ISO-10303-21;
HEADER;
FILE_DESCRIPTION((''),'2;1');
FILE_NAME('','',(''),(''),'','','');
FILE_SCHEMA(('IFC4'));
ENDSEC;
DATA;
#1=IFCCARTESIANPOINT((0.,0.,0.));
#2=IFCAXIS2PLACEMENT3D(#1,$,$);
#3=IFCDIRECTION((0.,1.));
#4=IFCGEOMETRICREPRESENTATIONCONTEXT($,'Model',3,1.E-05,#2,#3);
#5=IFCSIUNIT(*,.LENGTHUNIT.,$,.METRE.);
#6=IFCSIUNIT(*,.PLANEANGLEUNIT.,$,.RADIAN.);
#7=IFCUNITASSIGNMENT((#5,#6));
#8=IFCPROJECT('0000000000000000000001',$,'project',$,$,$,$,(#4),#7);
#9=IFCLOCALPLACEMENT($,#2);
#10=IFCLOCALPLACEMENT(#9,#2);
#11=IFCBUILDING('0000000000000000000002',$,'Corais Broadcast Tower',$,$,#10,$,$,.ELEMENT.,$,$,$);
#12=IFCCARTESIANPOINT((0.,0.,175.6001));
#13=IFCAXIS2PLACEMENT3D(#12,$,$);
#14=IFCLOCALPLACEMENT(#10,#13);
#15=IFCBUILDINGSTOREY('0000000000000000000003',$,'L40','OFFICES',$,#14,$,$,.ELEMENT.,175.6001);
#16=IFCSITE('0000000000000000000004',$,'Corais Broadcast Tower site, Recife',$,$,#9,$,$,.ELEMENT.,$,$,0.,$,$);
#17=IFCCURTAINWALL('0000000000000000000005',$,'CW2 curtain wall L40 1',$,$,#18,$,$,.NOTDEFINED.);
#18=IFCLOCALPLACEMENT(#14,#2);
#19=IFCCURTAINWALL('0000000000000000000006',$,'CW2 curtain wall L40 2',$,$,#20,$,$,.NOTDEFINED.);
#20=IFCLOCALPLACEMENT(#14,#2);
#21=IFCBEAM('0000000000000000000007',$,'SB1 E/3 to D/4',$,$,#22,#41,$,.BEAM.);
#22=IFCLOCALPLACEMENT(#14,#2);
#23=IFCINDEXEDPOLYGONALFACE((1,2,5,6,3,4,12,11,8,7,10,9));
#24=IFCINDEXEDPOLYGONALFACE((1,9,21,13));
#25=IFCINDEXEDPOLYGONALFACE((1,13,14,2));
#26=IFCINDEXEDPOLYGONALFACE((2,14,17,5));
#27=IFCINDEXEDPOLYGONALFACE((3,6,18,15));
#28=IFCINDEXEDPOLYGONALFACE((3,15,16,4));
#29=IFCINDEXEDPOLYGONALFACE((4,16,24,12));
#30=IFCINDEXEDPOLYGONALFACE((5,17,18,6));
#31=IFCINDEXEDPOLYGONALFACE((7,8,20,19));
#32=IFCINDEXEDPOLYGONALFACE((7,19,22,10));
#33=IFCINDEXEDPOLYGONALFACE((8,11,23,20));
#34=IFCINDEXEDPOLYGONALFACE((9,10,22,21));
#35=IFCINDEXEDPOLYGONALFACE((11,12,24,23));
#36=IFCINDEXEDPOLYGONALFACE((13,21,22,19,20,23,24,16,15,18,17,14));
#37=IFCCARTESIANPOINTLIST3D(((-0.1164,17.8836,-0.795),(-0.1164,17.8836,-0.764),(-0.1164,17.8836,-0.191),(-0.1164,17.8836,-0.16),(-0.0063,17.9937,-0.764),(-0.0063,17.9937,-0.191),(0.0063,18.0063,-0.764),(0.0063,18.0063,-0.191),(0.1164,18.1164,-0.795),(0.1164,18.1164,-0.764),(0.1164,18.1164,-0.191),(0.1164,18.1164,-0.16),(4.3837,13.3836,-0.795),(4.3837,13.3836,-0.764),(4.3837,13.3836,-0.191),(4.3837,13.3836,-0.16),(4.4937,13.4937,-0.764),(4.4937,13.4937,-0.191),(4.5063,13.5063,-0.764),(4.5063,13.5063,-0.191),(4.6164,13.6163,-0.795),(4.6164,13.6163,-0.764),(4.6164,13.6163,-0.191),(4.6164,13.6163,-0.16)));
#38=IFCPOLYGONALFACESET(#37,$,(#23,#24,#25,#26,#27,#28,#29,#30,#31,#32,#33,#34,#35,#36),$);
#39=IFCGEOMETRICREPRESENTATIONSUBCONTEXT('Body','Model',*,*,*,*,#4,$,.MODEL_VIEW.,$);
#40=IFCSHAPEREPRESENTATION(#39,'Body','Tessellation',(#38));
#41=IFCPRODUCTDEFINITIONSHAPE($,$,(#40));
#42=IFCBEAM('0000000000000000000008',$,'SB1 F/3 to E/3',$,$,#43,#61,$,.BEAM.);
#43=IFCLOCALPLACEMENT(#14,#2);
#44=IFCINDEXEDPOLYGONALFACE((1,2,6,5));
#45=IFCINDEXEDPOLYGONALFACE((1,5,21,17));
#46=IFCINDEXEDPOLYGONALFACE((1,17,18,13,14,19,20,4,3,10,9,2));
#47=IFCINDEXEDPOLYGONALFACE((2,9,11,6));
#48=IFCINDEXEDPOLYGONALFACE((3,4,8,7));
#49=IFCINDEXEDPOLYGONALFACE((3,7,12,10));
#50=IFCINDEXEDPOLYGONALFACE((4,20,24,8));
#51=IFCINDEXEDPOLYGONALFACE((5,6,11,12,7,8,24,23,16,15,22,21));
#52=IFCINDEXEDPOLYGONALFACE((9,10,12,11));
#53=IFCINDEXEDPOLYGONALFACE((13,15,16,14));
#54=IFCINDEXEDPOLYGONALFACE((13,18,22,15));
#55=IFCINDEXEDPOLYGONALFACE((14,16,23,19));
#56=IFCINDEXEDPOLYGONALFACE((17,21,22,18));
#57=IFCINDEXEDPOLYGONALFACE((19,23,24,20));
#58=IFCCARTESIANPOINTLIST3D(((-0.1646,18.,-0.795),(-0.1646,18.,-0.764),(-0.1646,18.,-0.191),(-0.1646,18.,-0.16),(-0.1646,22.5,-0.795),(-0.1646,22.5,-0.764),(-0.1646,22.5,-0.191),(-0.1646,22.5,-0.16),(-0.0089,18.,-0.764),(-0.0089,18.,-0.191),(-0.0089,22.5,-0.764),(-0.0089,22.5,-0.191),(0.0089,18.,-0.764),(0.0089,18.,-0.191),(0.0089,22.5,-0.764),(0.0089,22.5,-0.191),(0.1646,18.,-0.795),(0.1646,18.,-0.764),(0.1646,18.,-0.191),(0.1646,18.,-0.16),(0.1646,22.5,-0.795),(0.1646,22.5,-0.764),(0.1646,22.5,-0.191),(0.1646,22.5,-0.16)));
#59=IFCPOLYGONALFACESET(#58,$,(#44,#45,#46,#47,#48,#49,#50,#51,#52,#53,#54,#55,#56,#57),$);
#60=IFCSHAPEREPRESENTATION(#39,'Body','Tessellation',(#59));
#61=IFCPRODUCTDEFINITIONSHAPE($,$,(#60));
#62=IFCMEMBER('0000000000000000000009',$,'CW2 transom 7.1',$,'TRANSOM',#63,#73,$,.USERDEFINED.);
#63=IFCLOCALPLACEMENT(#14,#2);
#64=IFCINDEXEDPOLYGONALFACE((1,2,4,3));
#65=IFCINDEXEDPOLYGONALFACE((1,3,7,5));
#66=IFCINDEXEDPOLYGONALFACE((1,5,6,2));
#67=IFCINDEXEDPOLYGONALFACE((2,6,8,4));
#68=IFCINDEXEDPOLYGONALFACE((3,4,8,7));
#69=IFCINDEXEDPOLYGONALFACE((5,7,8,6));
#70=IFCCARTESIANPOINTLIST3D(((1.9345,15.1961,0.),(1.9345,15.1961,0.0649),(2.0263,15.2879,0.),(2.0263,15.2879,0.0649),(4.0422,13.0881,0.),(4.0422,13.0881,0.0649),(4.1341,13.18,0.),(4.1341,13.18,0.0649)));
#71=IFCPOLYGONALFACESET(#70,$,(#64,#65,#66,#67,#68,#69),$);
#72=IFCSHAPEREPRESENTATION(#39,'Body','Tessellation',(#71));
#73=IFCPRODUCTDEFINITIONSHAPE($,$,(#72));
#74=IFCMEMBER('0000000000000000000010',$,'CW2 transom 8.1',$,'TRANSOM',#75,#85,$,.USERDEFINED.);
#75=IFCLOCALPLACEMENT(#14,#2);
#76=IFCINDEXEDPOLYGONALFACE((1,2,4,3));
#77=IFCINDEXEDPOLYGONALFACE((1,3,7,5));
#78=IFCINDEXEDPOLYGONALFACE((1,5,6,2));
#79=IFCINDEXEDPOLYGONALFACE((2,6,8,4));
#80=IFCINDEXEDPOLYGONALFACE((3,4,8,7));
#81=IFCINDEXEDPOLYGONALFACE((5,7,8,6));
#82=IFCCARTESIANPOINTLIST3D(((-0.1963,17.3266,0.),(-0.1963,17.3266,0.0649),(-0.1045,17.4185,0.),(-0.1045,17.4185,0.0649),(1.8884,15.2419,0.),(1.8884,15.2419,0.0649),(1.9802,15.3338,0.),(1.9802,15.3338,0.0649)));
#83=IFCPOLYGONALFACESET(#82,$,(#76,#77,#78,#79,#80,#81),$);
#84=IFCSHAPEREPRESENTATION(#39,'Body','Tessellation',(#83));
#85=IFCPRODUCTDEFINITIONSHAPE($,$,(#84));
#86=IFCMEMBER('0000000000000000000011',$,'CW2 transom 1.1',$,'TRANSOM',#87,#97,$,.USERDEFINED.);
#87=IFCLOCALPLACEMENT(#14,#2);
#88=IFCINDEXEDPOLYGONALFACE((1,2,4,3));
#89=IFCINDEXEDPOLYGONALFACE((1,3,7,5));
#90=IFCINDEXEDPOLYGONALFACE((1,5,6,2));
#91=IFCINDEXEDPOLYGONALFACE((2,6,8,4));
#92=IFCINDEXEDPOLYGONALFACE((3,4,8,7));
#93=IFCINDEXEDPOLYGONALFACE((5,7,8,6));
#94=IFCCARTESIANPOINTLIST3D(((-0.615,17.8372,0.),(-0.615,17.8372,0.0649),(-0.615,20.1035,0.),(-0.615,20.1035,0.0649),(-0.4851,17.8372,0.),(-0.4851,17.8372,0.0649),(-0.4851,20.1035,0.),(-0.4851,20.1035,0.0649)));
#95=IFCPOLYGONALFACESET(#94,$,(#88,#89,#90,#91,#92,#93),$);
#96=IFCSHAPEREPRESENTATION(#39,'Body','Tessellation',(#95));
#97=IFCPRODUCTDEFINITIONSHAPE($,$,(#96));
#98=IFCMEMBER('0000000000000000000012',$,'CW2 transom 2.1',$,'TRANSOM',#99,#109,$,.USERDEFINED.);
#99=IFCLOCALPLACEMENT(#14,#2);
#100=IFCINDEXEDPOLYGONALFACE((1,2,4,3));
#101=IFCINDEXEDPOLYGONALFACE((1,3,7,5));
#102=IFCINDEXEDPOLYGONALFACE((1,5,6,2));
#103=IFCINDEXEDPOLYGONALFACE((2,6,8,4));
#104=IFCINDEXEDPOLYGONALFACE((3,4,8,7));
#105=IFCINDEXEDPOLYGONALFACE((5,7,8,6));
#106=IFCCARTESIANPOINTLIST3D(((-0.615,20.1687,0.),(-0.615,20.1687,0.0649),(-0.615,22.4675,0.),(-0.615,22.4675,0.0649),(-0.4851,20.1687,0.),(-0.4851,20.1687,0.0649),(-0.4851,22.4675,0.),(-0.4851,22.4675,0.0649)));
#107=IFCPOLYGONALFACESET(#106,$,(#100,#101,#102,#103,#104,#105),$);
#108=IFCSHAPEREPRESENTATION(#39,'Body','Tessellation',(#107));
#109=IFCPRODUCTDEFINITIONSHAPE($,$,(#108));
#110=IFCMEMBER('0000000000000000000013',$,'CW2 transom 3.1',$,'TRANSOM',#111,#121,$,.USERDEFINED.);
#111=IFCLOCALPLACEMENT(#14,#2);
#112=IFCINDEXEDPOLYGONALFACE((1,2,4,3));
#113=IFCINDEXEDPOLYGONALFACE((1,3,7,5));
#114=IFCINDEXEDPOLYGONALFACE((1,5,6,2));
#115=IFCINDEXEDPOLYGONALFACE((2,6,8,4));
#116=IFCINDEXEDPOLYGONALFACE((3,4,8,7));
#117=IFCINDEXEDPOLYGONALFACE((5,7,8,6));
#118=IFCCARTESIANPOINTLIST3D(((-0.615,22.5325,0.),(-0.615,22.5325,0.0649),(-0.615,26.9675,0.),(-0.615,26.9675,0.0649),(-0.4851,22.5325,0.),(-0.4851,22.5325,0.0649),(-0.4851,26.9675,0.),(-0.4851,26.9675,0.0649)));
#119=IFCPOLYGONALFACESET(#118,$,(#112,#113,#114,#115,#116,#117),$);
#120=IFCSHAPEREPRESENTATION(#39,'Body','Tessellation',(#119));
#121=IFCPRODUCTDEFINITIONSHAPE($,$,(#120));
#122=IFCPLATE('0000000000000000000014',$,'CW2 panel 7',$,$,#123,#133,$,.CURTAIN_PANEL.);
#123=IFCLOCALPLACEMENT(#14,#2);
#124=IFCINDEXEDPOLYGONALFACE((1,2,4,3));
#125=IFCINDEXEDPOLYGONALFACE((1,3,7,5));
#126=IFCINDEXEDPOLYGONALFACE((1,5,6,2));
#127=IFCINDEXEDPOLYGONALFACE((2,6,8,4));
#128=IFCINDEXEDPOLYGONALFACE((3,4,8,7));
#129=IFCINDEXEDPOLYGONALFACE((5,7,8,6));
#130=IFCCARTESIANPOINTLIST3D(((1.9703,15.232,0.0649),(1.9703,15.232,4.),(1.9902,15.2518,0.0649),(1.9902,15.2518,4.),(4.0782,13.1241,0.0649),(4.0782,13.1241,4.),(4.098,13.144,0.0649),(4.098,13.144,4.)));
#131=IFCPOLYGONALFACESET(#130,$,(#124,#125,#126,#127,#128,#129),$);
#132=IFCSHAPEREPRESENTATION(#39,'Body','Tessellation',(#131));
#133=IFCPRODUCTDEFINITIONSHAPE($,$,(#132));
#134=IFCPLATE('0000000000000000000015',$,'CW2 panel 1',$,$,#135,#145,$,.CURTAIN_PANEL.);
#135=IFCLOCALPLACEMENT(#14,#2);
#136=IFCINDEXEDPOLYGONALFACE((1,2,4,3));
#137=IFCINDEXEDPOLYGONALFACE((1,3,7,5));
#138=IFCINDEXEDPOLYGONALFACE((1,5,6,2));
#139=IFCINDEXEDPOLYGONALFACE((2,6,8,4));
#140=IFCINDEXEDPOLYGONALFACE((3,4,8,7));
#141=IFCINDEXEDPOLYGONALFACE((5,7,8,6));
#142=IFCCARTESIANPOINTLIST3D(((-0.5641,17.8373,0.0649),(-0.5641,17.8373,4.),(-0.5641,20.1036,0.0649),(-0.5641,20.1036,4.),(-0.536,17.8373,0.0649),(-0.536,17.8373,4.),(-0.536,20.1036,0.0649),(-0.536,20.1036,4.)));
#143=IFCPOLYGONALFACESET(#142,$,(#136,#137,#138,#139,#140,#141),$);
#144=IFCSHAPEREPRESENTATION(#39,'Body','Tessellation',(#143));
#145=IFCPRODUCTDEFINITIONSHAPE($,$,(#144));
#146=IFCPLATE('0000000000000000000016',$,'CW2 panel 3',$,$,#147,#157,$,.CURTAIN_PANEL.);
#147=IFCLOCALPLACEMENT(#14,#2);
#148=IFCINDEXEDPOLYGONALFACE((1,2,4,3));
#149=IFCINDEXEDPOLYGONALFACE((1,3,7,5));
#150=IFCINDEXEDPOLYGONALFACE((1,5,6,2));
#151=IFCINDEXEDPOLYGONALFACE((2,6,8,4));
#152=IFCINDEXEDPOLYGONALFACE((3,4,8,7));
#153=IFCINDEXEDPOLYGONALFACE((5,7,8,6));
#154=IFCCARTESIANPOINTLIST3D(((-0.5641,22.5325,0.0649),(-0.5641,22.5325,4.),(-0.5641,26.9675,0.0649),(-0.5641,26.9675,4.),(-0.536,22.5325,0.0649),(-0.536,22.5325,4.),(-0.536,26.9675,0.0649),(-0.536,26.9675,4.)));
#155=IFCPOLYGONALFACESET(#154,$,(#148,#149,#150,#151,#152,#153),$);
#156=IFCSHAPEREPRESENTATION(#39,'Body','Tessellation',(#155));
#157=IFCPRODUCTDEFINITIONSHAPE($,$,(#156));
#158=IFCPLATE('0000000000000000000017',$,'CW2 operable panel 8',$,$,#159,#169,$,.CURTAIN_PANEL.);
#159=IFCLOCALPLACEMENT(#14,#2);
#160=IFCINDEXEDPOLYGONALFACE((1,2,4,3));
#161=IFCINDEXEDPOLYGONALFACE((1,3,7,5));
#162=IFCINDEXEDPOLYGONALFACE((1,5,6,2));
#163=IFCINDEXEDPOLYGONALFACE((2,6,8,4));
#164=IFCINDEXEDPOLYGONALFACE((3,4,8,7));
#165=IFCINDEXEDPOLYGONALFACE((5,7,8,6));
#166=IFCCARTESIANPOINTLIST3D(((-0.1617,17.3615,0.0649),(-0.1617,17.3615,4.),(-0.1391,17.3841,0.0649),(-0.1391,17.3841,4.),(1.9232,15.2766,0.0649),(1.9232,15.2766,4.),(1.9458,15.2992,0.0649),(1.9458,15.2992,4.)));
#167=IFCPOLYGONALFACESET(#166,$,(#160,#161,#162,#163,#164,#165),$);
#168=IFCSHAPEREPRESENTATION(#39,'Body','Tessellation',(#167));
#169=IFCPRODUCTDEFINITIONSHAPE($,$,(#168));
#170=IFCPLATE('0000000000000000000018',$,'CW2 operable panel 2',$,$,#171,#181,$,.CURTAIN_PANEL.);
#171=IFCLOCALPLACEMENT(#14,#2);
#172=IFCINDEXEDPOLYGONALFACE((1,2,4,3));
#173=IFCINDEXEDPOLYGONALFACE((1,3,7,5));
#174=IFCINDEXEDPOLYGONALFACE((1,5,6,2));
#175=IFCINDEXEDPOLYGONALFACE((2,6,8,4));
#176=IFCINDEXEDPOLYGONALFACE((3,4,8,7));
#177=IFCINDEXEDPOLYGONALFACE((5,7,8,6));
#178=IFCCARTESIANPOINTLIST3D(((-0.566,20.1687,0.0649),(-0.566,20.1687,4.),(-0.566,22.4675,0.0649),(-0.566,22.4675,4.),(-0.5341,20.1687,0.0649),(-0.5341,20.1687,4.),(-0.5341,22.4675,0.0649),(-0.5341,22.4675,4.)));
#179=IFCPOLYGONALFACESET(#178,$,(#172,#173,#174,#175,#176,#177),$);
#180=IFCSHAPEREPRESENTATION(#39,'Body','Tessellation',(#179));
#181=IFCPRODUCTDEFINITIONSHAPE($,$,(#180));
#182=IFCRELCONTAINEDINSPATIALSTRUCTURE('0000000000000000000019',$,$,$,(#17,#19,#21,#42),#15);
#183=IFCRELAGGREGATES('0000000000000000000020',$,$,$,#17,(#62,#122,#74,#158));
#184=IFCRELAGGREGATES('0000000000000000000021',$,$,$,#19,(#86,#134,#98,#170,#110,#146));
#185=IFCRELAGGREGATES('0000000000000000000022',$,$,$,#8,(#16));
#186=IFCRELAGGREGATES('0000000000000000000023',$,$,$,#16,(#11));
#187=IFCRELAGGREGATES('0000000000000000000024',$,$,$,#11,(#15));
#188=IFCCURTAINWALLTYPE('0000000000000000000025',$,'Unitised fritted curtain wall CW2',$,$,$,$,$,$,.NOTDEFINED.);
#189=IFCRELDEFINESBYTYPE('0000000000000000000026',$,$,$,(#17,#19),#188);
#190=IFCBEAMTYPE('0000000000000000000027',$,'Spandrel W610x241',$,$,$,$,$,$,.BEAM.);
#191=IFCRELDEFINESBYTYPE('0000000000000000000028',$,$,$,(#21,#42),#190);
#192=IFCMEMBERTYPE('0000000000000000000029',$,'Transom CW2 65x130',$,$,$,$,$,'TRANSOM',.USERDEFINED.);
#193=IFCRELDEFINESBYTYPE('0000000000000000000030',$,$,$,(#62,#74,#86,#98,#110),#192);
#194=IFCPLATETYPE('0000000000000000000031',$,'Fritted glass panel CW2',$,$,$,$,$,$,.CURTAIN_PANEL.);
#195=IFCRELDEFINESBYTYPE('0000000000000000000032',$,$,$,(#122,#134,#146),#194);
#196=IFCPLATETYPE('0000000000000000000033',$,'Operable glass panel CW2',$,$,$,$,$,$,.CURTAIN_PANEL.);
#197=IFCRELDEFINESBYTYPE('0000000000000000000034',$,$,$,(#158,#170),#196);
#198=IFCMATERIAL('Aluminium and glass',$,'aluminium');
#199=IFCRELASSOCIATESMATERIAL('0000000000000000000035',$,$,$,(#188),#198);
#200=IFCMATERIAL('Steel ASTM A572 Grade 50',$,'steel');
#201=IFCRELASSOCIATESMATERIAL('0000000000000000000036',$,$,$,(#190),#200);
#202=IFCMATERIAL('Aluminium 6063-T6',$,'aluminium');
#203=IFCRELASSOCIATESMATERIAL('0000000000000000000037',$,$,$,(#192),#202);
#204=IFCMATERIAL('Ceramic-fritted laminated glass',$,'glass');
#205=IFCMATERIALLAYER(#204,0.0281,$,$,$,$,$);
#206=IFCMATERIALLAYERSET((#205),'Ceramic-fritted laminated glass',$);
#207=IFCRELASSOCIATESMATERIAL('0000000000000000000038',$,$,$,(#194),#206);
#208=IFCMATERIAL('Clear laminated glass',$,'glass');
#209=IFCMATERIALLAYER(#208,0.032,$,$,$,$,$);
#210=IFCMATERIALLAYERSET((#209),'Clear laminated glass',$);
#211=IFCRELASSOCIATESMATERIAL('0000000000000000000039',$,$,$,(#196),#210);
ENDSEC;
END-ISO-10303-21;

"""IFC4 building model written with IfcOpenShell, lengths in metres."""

from ifc_helpers import new_model, si_unit, direction, frame, origin, origin_2d, place, context, subcontext, project, spatial, rectangle, i_section, extrude, material, layer, layer_set, material_profile, profile_set, type_object, element, aggregate, save


model = new_model("IFC4")

# Units and contexts
model_context = context("Model", 3, precision=1e-05, world=origin(), true_north=direction((0.0, 1.0)))
body_context = subcontext(model_context, "Body", "Model", "MODEL_VIEW")
ifc_project = project(units=[si_unit("LENGTHUNIT", "METRE"), si_unit("PLANEANGLEUNIT", "RADIAN")], contexts=[model_context])

# Site, building, storey
site_placement = place(None, origin())
site = spatial("IfcSite", under=ifc_project, at=site_placement, Name="Corais Broadcast Tower site, Recife", CompositionType="ELEMENT", RefElevation=0.0)
building_placement = place(site_placement, origin())
building = spatial("IfcBuilding", under=site, at=building_placement, Name="Corais Broadcast Tower", CompositionType="ELEMENT")
storey_placement = place(building_placement, frame((0.0, 0.0, 175.6001)))
storey = spatial("IfcBuildingStorey", under=building, at=storey_placement, Name="L40", Description="OFFICES", CompositionType="ELEMENT", Elevation=175.6001)

# Curtain walls
ifc_material_1 = material(Name="Aluminium and glass", Category="aluminium")
curtain_wall_type = type_object("IfcCurtainWallType", Name="Unitised fritted curtain wall CW2", PredefinedType="NOTDEFINED", material=ifc_material_1)
curtain_wall_1_placement = place(storey_placement, origin())
curtain_wall_1 = element("IfcCurtainWall", 1, at=curtain_wall_1_placement, inside=storey, type_object=curtain_wall_type, Name="CW2 curtain wall L40 1", PredefinedType="NOTDEFINED")
curtain_wall_2_placement = place(storey_placement, origin())
curtain_wall_2 = element("IfcCurtainWall", 2, at=curtain_wall_2_placement, inside=storey, type_object=curtain_wall_type, Name="CW2 curtain wall L40 2", PredefinedType="NOTDEFINED")

# Beams
ifc_material_2 = material(Name="Steel ASTM A572 Grade 50", Category="steel")
ifc_material_profile_1 = material_profile(ifc_material_2, i_section(OverallWidth=0.3291, OverallDepth=0.635, WebThickness=0.0178, FlangeThickness=0.031, at=origin_2d()), Name="W610x241")
ifc_profile_set_1 = profile_set([ifc_material_profile_1], Name="Steel ASTM A572 Grade 50")
beam_type_1 = type_object("IfcBeamType", Name="Spandrel W610x241", PredefinedType="BEAM", material=ifc_profile_set_1)
beam_1_placement = place(storey_placement, frame((0.0, 18.0, -0.4775), z_axis=(0.707107, -0.707107, 0.0), x_axis=(0.707107, 0.707107, 0.0)))
element("IfcBeam", 3, at=beam_1_placement, inside=storey, type_object=beam_type_1, Name="SB1 E/3 to D/4", PredefinedType="BEAM", context=body_context, shape_type="SweptSolid", body=[
    extrude(i_section(OverallWidth=0.3291, OverallDepth=0.635, WebThickness=0.0178, FlangeThickness=0.031, at=origin_2d()), origin(), (0.0, 0.0, 1.0), 6.364),
])
beam_2_placement = place(storey_placement, frame((0.0, 22.5, -0.4775), z_axis=(0.0, -1.0, 0.0), x_axis=(1.0, 0.0, 0.0)))
element("IfcBeam", 4, at=beam_2_placement, inside=storey, type_object=beam_type_1, Name="SB1 F/3 to E/3", PredefinedType="BEAM", context=body_context, shape_type="SweptSolid", body=[
    extrude(i_section(OverallWidth=0.3291, OverallDepth=0.635, WebThickness=0.0178, FlangeThickness=0.031, at=origin_2d()), origin(), (0.0, 0.0, 1.0), 4.5),
])

# Members
ifc_material_3 = material(Name="Aluminium 6063-T6", Category="aluminium")
ifc_material_profile_2 = material_profile(ifc_material_3, rectangle(XDim=0.1299, YDim=0.0649, at=origin_2d()), Name="Transom CW2 65x130")
ifc_profile_set_2 = profile_set([ifc_material_profile_2], Name="Aluminium 6063-T6")
member_type_1 = type_object("IfcMemberType", Name="Transom CW2 65x130", ElementType="TRANSOM", PredefinedType="USERDEFINED", material=ifc_profile_set_2)
member_1_placement = place(storey_placement, frame((4.0881, 13.134, 0.0325), z_axis=(-0.707066, 0.707148, 0.0), x_axis=(-0.707148, -0.707066, 0.0)))
member_1 = element("IfcMember", 5, at=member_1_placement, type_object=member_type_1, Name="CW2 transom 7.1", ObjectType="TRANSOM", PredefinedType="USERDEFINED", context=body_context, shape_type="SweptSolid", body=[
    extrude(rectangle(XDim=0.1299, YDim=0.0649, at=origin_2d()), origin(), (0.0, 0.0, 1.0), 2.981),
])
member_2_placement = place(storey_placement, frame((1.9343, 15.2878, 0.0325), z_axis=(-0.707107, 0.707107, 0.0), x_axis=(-0.707107, -0.707107, 0.0)))
member_2 = element("IfcMember", 6, at=member_2_placement, type_object=member_type_1, Name="CW2 transom 8.1", ObjectType="TRANSOM", PredefinedType="USERDEFINED", context=body_context, shape_type="SweptSolid", body=[
    extrude(rectangle(XDim=0.1299, YDim=0.0649, at=origin_2d()), origin(), (0.0, 0.0, 1.0), 2.9482),
])
member_3_placement = place(storey_placement, frame((-0.55, 17.8372, 0.0325), z_axis=(0.0, 1.0, 0.0), x_axis=(-1.0, 0.0, 0.0)))
member_3 = element("IfcMember", 7, at=member_3_placement, type_object=member_type_1, Name="CW2 transom 1.1", ObjectType="TRANSOM", PredefinedType="USERDEFINED", context=body_context, shape_type="SweptSolid", body=[
    extrude(rectangle(XDim=0.1299, YDim=0.0649, at=origin_2d()), origin(), (0.0, 0.0, 1.0), 2.2664),
])
member_4_placement = place(storey_placement, frame((-0.55, 20.1687, 0.0325), z_axis=(0.0, 1.0, 0.0), x_axis=(-1.0, 0.0, 0.0)))
member_4 = element("IfcMember", 8, at=member_4_placement, type_object=member_type_1, Name="CW2 transom 2.1", ObjectType="TRANSOM", PredefinedType="USERDEFINED", context=body_context, shape_type="SweptSolid", body=[
    extrude(rectangle(XDim=0.1299, YDim=0.0649, at=origin_2d()), origin(), (0.0, 0.0, 1.0), 2.2988),
])
member_5_placement = place(storey_placement, frame((-0.55, 22.5325, 0.0325), z_axis=(0.0, 1.0, 0.0), x_axis=(-1.0, 0.0, 0.0)))
member_5 = element("IfcMember", 9, at=member_5_placement, type_object=member_type_1, Name="CW2 transom 3.1", ObjectType="TRANSOM", PredefinedType="USERDEFINED", context=body_context, shape_type="SweptSolid", body=[
    extrude(rectangle(XDim=0.1299, YDim=0.0649, at=origin_2d()), origin(), (0.0, 0.0, 1.0), 4.4351),
])

# Plates
ifc_material_4 = material(Name="Ceramic-fritted laminated glass", Category="glass")
ifc_layer_1 = layer(ifc_material_4, 0.0281)
ifc_layer_set_1 = layer_set([ifc_layer_1], Name="Ceramic-fritted laminated glass")
plate_type_1 = type_object("IfcPlateType", Name="Fritted glass panel CW2", PredefinedType="CURTAIN_PANEL", material=ifc_layer_set_1)
plate_1_placement = place(storey_placement, frame((3.0342, 14.188, 0.0649), z_axis=(0.0, 0.0, 1.0), x_axis=(-0.707107, 0.707107, 0.0)))
plate_1 = element("IfcPlate", 10, at=plate_1_placement, type_object=plate_type_1, Name="CW2 panel 7", PredefinedType="CURTAIN_PANEL", context=body_context, shape_type="SweptSolid", body=[
    extrude(rectangle(XDim=2.981, YDim=0.0281, at=origin_2d()), origin(), (0.0, 0.0, 1.0), 3.9351),
])
plate_2_placement = place(storey_placement, frame((-0.55, 18.9705, 0.0649), z_axis=(0.0, 0.0, 1.0), x_axis=(0.0, 1.0, 0.0)))
plate_2 = element("IfcPlate", 11, at=plate_2_placement, type_object=plate_type_1, Name="CW2 panel 1", PredefinedType="CURTAIN_PANEL", context=body_context, shape_type="SweptSolid", body=[
    extrude(rectangle(XDim=2.2664, YDim=0.0281, at=origin_2d()), origin(), (0.0, 0.0, 1.0), 3.9351),
])
plate_3_placement = place(storey_placement, frame((-0.55, 24.75, 0.0649), z_axis=(0.0, 0.0, 1.0), x_axis=(0.0, 1.0, 0.0)))
plate_3 = element("IfcPlate", 12, at=plate_3_placement, type_object=plate_type_1, Name="CW2 panel 3", PredefinedType="CURTAIN_PANEL", context=body_context, shape_type="SweptSolid", body=[
    extrude(rectangle(XDim=4.4351, YDim=0.0281, at=origin_2d()), origin(), (0.0, 0.0, 1.0), 3.9351),
])
ifc_material_5 = material(Name="Clear laminated glass", Category="glass")
ifc_layer_2 = layer(ifc_material_5, 0.032)
ifc_layer_set_2 = layer_set([ifc_layer_2], Name="Clear laminated glass")
plate_type_2 = type_object("IfcPlateType", Name="Operable glass panel CW2", PredefinedType="CURTAIN_PANEL", material=ifc_layer_set_2)
plate_4_placement = place(storey_placement, frame((0.8921, 16.3303, 0.0649), z_axis=(0.0, 0.0, 1.0), x_axis=(-0.707107, 0.707107, 0.0)))
plate_4 = element("IfcPlate", 13, at=plate_4_placement, type_object=plate_type_2, Name="CW2 operable panel 8", PredefinedType="CURTAIN_PANEL", context=body_context, shape_type="SweptSolid", body=[
    extrude(rectangle(XDim=2.9485, YDim=0.032, at=origin_2d()), origin(), (0.0, 0.0, 1.0), 3.9351),
])
aggregate(curtain_wall_1, [member_1, plate_1, member_2, plate_4])
plate_5_placement = place(storey_placement, frame((-0.55, 21.3181, 0.0649), z_axis=(0.0, 0.0, 1.0), x_axis=(0.0, 1.0, 0.0)))
plate_5 = element("IfcPlate", 14, at=plate_5_placement, type_object=plate_type_2, Name="CW2 operable panel 2", PredefinedType="CURTAIN_PANEL", context=body_context, shape_type="SweptSolid", body=[
    extrude(rectangle(XDim=2.2988, YDim=0.032, at=origin_2d()), origin(), (0.0, 0.0, 1.0), 3.9351),
])
aggregate(curtain_wall_2, [member_3, plate_2, member_4, plate_5, member_5, plate_3])

save(model, "model.ifc")
